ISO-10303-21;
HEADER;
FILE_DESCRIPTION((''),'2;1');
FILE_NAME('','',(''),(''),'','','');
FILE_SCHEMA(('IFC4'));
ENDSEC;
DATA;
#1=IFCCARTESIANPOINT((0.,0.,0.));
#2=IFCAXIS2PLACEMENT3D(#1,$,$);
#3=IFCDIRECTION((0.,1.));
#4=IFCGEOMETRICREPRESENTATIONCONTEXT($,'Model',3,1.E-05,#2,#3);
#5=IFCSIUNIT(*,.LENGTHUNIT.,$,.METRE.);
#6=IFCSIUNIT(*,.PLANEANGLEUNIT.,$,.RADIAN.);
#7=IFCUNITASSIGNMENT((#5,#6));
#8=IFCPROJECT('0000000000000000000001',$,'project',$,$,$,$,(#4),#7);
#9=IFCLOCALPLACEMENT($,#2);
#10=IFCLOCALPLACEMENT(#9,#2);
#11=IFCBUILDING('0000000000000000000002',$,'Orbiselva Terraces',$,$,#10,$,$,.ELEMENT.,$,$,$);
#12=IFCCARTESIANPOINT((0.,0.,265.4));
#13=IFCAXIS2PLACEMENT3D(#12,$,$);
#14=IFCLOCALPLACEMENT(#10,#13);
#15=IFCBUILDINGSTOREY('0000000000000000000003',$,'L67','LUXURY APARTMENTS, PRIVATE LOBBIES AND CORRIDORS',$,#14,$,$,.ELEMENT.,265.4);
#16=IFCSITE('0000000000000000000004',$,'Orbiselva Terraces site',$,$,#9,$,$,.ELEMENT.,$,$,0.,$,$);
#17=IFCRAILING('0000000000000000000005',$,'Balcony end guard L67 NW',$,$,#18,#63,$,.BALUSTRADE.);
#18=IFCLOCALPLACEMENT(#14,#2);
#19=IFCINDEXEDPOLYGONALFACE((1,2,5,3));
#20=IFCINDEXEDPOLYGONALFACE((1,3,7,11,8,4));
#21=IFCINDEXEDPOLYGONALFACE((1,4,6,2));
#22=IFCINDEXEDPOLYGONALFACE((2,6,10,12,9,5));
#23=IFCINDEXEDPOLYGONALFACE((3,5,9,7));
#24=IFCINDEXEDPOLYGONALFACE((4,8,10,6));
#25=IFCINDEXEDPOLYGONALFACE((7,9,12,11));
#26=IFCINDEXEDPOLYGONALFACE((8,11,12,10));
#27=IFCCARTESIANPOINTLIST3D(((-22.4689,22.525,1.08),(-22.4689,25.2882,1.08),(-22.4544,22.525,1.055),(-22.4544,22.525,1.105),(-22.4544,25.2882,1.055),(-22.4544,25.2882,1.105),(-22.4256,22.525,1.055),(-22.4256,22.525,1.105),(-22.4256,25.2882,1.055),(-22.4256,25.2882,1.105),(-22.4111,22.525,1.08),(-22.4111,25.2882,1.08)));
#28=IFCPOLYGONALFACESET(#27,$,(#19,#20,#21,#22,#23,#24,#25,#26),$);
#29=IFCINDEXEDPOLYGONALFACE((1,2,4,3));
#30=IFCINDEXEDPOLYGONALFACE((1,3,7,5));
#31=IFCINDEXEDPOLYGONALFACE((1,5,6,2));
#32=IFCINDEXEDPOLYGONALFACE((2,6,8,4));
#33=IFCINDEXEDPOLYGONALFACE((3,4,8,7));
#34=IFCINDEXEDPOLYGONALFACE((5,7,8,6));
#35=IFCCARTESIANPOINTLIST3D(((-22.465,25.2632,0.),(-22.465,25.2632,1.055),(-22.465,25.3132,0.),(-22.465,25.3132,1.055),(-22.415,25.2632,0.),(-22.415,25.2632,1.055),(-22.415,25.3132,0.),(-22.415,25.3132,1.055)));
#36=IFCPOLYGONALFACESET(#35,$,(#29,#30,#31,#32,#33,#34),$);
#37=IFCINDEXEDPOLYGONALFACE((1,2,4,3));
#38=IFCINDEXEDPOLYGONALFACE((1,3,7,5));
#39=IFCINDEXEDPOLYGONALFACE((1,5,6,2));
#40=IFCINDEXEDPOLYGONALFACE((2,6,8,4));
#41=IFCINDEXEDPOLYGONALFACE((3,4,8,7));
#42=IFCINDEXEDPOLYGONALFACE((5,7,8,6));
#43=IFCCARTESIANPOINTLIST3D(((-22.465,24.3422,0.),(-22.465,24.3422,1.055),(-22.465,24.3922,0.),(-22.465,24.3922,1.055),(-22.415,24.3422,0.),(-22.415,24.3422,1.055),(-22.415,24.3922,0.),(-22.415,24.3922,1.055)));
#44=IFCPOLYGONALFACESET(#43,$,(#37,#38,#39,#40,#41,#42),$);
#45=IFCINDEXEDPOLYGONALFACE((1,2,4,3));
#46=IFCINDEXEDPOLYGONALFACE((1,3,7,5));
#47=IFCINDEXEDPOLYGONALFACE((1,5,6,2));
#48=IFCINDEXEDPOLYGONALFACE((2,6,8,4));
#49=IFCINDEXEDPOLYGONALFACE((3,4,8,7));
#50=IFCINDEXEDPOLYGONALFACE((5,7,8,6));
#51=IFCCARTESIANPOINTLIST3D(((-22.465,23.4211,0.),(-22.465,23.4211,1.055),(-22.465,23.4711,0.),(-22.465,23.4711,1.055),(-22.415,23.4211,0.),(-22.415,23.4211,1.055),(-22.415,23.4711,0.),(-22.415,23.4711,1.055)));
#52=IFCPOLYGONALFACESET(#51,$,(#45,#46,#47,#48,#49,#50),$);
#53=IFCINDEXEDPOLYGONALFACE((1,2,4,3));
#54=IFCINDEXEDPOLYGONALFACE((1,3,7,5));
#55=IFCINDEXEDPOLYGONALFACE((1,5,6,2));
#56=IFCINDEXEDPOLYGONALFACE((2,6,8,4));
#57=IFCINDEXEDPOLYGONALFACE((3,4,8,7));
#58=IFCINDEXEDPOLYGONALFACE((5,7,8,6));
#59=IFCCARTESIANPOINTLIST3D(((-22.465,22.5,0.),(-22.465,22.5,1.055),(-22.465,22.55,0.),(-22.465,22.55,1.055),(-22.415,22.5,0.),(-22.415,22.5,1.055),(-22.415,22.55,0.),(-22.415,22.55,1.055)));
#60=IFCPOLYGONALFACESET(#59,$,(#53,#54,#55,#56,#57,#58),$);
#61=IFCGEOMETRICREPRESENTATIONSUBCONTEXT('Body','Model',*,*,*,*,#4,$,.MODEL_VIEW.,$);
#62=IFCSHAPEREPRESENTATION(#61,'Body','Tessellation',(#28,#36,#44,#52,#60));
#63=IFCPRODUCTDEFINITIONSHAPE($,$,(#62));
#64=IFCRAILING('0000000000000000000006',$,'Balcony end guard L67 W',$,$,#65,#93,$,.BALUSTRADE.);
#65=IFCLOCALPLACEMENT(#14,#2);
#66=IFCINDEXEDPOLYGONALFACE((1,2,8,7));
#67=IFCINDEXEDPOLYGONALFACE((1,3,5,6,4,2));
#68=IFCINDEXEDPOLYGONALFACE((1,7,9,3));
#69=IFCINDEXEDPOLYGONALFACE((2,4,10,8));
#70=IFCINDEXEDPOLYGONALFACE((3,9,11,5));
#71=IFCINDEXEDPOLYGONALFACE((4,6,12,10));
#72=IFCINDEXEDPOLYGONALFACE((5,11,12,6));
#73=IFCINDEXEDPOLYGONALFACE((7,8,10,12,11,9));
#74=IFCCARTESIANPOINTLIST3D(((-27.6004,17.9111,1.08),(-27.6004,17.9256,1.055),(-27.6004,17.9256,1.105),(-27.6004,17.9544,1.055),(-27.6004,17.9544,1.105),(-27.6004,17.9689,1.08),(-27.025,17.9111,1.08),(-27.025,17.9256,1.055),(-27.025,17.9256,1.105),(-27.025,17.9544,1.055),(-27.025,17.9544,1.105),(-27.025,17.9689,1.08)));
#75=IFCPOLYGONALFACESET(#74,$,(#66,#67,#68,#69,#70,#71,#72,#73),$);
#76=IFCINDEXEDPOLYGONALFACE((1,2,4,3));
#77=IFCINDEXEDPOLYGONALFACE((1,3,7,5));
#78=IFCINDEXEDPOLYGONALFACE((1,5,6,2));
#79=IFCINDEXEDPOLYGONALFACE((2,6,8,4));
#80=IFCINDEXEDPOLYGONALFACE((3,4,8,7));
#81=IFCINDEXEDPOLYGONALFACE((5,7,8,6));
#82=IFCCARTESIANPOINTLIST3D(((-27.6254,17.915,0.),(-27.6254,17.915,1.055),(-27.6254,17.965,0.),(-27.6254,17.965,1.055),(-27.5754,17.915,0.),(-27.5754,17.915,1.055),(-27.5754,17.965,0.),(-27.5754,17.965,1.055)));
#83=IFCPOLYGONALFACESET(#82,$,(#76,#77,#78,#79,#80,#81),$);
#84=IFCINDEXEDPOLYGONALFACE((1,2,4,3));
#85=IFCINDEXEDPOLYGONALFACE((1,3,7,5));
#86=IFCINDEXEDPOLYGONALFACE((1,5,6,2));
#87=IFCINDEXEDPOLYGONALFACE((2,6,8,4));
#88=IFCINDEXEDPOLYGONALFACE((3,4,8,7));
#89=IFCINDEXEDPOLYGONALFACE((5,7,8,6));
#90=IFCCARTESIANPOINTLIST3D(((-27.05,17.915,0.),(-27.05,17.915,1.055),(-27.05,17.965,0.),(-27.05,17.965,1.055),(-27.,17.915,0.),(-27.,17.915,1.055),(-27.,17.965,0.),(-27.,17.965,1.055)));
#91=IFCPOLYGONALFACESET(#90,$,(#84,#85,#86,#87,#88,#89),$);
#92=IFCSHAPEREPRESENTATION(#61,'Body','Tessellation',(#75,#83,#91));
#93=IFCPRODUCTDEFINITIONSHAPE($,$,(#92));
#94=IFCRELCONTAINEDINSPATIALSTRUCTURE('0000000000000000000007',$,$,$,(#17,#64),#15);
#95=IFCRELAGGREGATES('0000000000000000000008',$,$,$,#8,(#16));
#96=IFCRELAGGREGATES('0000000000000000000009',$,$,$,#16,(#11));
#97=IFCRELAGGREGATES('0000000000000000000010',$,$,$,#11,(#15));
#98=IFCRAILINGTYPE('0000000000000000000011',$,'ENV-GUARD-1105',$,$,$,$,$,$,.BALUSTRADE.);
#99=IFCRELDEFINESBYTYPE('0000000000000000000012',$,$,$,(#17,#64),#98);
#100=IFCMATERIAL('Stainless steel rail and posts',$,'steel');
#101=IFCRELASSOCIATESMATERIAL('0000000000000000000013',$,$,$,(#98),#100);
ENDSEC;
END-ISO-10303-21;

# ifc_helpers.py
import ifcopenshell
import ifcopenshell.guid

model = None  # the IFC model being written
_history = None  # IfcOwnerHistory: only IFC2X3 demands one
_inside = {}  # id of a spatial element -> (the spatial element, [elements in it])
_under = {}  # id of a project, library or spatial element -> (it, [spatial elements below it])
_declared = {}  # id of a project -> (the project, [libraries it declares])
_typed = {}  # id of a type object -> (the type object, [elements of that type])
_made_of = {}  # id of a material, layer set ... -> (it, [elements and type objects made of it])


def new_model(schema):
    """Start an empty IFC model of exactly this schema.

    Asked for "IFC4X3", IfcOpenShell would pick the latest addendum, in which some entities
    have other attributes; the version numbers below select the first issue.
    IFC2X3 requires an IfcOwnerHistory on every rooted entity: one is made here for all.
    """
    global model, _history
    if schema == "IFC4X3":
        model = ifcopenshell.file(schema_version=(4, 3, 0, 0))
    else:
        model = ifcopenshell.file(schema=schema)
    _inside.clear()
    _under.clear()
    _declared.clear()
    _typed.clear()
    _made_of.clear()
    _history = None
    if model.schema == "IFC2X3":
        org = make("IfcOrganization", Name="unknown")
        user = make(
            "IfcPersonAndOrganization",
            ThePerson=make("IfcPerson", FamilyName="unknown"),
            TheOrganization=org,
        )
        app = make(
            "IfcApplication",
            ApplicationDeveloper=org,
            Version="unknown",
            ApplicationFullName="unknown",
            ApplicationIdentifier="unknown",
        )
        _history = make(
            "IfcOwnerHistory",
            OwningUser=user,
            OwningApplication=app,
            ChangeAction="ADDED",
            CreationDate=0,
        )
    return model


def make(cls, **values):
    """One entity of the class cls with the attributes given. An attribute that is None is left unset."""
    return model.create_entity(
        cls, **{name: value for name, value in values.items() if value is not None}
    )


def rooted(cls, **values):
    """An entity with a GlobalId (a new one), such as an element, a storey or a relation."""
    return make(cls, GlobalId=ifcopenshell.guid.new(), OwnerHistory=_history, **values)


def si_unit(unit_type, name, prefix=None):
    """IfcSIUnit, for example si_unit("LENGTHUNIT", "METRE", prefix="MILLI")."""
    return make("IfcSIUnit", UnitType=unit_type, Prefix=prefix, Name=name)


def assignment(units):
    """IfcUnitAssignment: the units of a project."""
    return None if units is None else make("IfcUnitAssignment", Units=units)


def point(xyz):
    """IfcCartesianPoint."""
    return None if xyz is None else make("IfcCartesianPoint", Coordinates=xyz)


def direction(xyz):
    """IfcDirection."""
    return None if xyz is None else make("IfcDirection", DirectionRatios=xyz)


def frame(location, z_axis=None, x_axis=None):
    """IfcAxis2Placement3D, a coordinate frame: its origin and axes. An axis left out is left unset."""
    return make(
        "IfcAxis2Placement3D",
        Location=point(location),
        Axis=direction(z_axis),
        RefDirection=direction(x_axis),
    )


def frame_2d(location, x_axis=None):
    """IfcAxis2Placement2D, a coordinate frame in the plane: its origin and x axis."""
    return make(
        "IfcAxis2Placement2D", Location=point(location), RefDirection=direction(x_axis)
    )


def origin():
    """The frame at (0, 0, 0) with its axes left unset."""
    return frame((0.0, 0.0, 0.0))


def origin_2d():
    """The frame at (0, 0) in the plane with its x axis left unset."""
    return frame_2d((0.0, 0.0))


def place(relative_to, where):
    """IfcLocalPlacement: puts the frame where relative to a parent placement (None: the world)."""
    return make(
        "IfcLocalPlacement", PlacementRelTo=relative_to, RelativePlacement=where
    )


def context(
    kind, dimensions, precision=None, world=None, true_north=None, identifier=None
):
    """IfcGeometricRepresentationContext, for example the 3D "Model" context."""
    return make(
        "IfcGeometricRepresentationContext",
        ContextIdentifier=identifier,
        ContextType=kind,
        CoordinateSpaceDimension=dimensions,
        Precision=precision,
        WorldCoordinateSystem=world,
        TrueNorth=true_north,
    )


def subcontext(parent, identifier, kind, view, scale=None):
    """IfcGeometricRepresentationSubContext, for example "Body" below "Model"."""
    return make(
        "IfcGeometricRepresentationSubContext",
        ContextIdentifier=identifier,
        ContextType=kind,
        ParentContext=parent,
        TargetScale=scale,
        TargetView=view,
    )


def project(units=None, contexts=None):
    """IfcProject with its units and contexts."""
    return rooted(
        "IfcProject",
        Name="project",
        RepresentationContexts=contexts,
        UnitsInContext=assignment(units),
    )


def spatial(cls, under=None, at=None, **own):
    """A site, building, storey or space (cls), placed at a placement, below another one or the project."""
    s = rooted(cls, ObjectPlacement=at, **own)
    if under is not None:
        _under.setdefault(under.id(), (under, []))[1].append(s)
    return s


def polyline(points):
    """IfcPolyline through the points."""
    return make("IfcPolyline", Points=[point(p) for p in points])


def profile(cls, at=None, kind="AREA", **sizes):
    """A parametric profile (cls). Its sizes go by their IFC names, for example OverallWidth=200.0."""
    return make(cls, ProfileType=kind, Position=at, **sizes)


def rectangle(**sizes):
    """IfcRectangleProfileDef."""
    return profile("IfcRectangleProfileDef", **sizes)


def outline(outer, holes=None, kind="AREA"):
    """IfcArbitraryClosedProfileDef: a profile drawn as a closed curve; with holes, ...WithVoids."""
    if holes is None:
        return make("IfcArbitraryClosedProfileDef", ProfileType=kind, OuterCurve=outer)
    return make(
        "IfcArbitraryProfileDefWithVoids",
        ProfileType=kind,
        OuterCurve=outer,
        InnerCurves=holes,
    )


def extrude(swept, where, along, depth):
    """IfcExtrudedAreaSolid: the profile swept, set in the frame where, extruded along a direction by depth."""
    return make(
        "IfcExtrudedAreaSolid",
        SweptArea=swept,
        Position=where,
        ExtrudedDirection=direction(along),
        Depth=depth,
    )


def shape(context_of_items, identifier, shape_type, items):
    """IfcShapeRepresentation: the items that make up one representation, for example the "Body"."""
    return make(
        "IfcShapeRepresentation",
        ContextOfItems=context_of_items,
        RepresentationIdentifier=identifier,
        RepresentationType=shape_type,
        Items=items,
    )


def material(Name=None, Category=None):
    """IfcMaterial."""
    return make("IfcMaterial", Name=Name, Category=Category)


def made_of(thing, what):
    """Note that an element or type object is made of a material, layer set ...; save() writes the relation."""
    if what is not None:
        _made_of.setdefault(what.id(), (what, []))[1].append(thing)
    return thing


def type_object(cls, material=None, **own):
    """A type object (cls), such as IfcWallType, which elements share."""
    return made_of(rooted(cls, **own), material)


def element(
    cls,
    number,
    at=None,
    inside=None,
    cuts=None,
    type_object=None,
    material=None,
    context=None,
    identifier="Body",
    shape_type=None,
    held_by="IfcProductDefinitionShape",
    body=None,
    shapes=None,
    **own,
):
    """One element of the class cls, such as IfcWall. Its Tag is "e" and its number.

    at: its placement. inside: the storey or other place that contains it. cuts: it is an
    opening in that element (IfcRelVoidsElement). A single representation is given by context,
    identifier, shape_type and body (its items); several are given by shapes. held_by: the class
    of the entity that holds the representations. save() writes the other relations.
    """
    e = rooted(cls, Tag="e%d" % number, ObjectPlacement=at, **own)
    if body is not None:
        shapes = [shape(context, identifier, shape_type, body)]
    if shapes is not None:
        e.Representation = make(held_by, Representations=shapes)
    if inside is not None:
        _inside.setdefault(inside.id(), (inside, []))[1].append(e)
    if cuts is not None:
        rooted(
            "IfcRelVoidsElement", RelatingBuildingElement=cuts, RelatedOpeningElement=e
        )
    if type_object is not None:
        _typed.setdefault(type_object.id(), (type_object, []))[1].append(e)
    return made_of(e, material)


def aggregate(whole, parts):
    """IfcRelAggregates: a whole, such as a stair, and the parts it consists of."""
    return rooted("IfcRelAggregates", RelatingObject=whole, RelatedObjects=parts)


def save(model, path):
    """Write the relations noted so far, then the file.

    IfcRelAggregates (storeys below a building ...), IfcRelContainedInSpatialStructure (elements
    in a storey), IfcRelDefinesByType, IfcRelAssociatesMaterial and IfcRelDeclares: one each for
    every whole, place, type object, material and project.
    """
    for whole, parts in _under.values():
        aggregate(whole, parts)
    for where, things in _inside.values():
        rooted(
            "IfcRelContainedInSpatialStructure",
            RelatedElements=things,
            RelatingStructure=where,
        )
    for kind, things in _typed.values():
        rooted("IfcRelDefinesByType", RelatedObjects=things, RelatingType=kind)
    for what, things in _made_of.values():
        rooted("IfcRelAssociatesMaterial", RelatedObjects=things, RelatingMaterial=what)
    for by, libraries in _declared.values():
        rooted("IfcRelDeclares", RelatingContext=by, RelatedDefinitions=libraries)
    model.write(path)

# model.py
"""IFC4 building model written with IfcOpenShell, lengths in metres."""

from ifc_helpers import new_model, si_unit, direction, frame, origin, origin_2d, place, context, subcontext, project, spatial, polyline, rectangle, outline, extrude, material, type_object, element, save


model = new_model("IFC4")

# Units and contexts
model_context = context("Model", 3, precision=1e-05, world=origin(), true_north=direction((0.0, 1.0)))
body_context = subcontext(model_context, "Body", "Model", "MODEL_VIEW")
ifc_project = project(units=[si_unit("LENGTHUNIT", "METRE"), si_unit("PLANEANGLEUNIT", "RADIAN")], contexts=[model_context])

# Site, building, storey
site_placement = place(None, origin())
site = spatial("IfcSite", under=ifc_project, at=site_placement, Name="Orbiselva Terraces site", CompositionType="ELEMENT", RefElevation=0.0)
building_placement = place(site_placement, origin())
building = spatial("IfcBuilding", under=site, at=building_placement, Name="Orbiselva Terraces", CompositionType="ELEMENT")
storey_placement = place(building_placement, frame((0.0, 0.0, 265.4)))
storey = spatial("IfcBuildingStorey", under=building, at=storey_placement, Name="L67", Description="LUXURY APARTMENTS, PRIVATE LOBBIES AND CORRIDORS", CompositionType="ELEMENT", Elevation=265.4)

# Railings
ifc_material_1 = material(Name="Stainless steel rail and posts", Category="steel")
railing_type_1 = type_object("IfcRailingType", Name="ENV-GUARD-1105", PredefinedType="BALUSTRADE", material=ifc_material_1)
railing_1_placement = place(storey_placement, frame((-22.44, 25.2882, 0.0)))
element("IfcRailing", 1, at=railing_1_placement, inside=storey, type_object=railing_type_1, Name="Balcony end guard L67 NW", PredefinedType="BALUSTRADE", context=body_context, shape_type="SweptSolid", body=[
    extrude(outline(polyline([(0.0289, 0.0), (0.0144, 0.025), (-0.0144, 0.025), (-0.0289, 0.0), (-0.0144, -0.025), (0.0144, -0.025), (0.0289, 0.0)])), frame((0.0, 0.0, 1.08), z_axis=(0.0, -1.0, 0.0), x_axis=(1.0, 0.0, 0.0)), (0.0, 0.0, 1.0), 2.7632),
    extrude(rectangle(XDim=0.05, YDim=0.05, at=origin_2d()), origin(), (0.0, 0.0, 1.0), 1.055),
    extrude(rectangle(XDim=0.05, YDim=0.05, at=origin_2d()), frame((0.0, -0.9211, 0.0)), (0.0, 0.0, 1.0), 1.055),
    extrude(rectangle(XDim=0.05, YDim=0.05, at=origin_2d()), frame((0.0, -1.8422, 0.0)), (0.0, 0.0, 1.0), 1.055),
    extrude(rectangle(XDim=0.05, YDim=0.05, at=origin_2d()), frame((0.0, -2.7632, 0.0)), (0.0, 0.0, 1.0), 1.055),
])
railing_2_placement = place(storey_placement, frame((-27.6004, 17.94, 0.0)))
element("IfcRailing", 2, at=railing_2_placement, inside=storey, type_object=railing_type_1, Name="Balcony end guard L67 W", PredefinedType="BALUSTRADE", context=body_context, shape_type="SweptSolid", body=[
    extrude(outline(polyline([(0.0289, 0.0), (0.0144, 0.025), (-0.0144, 0.025), (-0.0289, 0.0), (-0.0144, -0.025), (0.0144, -0.025), (0.0289, 0.0)])), frame((0.0, 0.0, 1.08), z_axis=(1.0, 0.0, 0.0), x_axis=(0.0, 1.0, 0.0)), (0.0, 0.0, 1.0), 0.5754),
    extrude(rectangle(XDim=0.05, YDim=0.05, at=origin_2d()), origin(), (0.0, 0.0, 1.0), 1.055),
    extrude(rectangle(XDim=0.05, YDim=0.05, at=origin_2d()), frame((0.5754, 0.0, 0.0)), (0.0, 0.0, 1.0), 1.055),
])

save(model, "model.ifc")
